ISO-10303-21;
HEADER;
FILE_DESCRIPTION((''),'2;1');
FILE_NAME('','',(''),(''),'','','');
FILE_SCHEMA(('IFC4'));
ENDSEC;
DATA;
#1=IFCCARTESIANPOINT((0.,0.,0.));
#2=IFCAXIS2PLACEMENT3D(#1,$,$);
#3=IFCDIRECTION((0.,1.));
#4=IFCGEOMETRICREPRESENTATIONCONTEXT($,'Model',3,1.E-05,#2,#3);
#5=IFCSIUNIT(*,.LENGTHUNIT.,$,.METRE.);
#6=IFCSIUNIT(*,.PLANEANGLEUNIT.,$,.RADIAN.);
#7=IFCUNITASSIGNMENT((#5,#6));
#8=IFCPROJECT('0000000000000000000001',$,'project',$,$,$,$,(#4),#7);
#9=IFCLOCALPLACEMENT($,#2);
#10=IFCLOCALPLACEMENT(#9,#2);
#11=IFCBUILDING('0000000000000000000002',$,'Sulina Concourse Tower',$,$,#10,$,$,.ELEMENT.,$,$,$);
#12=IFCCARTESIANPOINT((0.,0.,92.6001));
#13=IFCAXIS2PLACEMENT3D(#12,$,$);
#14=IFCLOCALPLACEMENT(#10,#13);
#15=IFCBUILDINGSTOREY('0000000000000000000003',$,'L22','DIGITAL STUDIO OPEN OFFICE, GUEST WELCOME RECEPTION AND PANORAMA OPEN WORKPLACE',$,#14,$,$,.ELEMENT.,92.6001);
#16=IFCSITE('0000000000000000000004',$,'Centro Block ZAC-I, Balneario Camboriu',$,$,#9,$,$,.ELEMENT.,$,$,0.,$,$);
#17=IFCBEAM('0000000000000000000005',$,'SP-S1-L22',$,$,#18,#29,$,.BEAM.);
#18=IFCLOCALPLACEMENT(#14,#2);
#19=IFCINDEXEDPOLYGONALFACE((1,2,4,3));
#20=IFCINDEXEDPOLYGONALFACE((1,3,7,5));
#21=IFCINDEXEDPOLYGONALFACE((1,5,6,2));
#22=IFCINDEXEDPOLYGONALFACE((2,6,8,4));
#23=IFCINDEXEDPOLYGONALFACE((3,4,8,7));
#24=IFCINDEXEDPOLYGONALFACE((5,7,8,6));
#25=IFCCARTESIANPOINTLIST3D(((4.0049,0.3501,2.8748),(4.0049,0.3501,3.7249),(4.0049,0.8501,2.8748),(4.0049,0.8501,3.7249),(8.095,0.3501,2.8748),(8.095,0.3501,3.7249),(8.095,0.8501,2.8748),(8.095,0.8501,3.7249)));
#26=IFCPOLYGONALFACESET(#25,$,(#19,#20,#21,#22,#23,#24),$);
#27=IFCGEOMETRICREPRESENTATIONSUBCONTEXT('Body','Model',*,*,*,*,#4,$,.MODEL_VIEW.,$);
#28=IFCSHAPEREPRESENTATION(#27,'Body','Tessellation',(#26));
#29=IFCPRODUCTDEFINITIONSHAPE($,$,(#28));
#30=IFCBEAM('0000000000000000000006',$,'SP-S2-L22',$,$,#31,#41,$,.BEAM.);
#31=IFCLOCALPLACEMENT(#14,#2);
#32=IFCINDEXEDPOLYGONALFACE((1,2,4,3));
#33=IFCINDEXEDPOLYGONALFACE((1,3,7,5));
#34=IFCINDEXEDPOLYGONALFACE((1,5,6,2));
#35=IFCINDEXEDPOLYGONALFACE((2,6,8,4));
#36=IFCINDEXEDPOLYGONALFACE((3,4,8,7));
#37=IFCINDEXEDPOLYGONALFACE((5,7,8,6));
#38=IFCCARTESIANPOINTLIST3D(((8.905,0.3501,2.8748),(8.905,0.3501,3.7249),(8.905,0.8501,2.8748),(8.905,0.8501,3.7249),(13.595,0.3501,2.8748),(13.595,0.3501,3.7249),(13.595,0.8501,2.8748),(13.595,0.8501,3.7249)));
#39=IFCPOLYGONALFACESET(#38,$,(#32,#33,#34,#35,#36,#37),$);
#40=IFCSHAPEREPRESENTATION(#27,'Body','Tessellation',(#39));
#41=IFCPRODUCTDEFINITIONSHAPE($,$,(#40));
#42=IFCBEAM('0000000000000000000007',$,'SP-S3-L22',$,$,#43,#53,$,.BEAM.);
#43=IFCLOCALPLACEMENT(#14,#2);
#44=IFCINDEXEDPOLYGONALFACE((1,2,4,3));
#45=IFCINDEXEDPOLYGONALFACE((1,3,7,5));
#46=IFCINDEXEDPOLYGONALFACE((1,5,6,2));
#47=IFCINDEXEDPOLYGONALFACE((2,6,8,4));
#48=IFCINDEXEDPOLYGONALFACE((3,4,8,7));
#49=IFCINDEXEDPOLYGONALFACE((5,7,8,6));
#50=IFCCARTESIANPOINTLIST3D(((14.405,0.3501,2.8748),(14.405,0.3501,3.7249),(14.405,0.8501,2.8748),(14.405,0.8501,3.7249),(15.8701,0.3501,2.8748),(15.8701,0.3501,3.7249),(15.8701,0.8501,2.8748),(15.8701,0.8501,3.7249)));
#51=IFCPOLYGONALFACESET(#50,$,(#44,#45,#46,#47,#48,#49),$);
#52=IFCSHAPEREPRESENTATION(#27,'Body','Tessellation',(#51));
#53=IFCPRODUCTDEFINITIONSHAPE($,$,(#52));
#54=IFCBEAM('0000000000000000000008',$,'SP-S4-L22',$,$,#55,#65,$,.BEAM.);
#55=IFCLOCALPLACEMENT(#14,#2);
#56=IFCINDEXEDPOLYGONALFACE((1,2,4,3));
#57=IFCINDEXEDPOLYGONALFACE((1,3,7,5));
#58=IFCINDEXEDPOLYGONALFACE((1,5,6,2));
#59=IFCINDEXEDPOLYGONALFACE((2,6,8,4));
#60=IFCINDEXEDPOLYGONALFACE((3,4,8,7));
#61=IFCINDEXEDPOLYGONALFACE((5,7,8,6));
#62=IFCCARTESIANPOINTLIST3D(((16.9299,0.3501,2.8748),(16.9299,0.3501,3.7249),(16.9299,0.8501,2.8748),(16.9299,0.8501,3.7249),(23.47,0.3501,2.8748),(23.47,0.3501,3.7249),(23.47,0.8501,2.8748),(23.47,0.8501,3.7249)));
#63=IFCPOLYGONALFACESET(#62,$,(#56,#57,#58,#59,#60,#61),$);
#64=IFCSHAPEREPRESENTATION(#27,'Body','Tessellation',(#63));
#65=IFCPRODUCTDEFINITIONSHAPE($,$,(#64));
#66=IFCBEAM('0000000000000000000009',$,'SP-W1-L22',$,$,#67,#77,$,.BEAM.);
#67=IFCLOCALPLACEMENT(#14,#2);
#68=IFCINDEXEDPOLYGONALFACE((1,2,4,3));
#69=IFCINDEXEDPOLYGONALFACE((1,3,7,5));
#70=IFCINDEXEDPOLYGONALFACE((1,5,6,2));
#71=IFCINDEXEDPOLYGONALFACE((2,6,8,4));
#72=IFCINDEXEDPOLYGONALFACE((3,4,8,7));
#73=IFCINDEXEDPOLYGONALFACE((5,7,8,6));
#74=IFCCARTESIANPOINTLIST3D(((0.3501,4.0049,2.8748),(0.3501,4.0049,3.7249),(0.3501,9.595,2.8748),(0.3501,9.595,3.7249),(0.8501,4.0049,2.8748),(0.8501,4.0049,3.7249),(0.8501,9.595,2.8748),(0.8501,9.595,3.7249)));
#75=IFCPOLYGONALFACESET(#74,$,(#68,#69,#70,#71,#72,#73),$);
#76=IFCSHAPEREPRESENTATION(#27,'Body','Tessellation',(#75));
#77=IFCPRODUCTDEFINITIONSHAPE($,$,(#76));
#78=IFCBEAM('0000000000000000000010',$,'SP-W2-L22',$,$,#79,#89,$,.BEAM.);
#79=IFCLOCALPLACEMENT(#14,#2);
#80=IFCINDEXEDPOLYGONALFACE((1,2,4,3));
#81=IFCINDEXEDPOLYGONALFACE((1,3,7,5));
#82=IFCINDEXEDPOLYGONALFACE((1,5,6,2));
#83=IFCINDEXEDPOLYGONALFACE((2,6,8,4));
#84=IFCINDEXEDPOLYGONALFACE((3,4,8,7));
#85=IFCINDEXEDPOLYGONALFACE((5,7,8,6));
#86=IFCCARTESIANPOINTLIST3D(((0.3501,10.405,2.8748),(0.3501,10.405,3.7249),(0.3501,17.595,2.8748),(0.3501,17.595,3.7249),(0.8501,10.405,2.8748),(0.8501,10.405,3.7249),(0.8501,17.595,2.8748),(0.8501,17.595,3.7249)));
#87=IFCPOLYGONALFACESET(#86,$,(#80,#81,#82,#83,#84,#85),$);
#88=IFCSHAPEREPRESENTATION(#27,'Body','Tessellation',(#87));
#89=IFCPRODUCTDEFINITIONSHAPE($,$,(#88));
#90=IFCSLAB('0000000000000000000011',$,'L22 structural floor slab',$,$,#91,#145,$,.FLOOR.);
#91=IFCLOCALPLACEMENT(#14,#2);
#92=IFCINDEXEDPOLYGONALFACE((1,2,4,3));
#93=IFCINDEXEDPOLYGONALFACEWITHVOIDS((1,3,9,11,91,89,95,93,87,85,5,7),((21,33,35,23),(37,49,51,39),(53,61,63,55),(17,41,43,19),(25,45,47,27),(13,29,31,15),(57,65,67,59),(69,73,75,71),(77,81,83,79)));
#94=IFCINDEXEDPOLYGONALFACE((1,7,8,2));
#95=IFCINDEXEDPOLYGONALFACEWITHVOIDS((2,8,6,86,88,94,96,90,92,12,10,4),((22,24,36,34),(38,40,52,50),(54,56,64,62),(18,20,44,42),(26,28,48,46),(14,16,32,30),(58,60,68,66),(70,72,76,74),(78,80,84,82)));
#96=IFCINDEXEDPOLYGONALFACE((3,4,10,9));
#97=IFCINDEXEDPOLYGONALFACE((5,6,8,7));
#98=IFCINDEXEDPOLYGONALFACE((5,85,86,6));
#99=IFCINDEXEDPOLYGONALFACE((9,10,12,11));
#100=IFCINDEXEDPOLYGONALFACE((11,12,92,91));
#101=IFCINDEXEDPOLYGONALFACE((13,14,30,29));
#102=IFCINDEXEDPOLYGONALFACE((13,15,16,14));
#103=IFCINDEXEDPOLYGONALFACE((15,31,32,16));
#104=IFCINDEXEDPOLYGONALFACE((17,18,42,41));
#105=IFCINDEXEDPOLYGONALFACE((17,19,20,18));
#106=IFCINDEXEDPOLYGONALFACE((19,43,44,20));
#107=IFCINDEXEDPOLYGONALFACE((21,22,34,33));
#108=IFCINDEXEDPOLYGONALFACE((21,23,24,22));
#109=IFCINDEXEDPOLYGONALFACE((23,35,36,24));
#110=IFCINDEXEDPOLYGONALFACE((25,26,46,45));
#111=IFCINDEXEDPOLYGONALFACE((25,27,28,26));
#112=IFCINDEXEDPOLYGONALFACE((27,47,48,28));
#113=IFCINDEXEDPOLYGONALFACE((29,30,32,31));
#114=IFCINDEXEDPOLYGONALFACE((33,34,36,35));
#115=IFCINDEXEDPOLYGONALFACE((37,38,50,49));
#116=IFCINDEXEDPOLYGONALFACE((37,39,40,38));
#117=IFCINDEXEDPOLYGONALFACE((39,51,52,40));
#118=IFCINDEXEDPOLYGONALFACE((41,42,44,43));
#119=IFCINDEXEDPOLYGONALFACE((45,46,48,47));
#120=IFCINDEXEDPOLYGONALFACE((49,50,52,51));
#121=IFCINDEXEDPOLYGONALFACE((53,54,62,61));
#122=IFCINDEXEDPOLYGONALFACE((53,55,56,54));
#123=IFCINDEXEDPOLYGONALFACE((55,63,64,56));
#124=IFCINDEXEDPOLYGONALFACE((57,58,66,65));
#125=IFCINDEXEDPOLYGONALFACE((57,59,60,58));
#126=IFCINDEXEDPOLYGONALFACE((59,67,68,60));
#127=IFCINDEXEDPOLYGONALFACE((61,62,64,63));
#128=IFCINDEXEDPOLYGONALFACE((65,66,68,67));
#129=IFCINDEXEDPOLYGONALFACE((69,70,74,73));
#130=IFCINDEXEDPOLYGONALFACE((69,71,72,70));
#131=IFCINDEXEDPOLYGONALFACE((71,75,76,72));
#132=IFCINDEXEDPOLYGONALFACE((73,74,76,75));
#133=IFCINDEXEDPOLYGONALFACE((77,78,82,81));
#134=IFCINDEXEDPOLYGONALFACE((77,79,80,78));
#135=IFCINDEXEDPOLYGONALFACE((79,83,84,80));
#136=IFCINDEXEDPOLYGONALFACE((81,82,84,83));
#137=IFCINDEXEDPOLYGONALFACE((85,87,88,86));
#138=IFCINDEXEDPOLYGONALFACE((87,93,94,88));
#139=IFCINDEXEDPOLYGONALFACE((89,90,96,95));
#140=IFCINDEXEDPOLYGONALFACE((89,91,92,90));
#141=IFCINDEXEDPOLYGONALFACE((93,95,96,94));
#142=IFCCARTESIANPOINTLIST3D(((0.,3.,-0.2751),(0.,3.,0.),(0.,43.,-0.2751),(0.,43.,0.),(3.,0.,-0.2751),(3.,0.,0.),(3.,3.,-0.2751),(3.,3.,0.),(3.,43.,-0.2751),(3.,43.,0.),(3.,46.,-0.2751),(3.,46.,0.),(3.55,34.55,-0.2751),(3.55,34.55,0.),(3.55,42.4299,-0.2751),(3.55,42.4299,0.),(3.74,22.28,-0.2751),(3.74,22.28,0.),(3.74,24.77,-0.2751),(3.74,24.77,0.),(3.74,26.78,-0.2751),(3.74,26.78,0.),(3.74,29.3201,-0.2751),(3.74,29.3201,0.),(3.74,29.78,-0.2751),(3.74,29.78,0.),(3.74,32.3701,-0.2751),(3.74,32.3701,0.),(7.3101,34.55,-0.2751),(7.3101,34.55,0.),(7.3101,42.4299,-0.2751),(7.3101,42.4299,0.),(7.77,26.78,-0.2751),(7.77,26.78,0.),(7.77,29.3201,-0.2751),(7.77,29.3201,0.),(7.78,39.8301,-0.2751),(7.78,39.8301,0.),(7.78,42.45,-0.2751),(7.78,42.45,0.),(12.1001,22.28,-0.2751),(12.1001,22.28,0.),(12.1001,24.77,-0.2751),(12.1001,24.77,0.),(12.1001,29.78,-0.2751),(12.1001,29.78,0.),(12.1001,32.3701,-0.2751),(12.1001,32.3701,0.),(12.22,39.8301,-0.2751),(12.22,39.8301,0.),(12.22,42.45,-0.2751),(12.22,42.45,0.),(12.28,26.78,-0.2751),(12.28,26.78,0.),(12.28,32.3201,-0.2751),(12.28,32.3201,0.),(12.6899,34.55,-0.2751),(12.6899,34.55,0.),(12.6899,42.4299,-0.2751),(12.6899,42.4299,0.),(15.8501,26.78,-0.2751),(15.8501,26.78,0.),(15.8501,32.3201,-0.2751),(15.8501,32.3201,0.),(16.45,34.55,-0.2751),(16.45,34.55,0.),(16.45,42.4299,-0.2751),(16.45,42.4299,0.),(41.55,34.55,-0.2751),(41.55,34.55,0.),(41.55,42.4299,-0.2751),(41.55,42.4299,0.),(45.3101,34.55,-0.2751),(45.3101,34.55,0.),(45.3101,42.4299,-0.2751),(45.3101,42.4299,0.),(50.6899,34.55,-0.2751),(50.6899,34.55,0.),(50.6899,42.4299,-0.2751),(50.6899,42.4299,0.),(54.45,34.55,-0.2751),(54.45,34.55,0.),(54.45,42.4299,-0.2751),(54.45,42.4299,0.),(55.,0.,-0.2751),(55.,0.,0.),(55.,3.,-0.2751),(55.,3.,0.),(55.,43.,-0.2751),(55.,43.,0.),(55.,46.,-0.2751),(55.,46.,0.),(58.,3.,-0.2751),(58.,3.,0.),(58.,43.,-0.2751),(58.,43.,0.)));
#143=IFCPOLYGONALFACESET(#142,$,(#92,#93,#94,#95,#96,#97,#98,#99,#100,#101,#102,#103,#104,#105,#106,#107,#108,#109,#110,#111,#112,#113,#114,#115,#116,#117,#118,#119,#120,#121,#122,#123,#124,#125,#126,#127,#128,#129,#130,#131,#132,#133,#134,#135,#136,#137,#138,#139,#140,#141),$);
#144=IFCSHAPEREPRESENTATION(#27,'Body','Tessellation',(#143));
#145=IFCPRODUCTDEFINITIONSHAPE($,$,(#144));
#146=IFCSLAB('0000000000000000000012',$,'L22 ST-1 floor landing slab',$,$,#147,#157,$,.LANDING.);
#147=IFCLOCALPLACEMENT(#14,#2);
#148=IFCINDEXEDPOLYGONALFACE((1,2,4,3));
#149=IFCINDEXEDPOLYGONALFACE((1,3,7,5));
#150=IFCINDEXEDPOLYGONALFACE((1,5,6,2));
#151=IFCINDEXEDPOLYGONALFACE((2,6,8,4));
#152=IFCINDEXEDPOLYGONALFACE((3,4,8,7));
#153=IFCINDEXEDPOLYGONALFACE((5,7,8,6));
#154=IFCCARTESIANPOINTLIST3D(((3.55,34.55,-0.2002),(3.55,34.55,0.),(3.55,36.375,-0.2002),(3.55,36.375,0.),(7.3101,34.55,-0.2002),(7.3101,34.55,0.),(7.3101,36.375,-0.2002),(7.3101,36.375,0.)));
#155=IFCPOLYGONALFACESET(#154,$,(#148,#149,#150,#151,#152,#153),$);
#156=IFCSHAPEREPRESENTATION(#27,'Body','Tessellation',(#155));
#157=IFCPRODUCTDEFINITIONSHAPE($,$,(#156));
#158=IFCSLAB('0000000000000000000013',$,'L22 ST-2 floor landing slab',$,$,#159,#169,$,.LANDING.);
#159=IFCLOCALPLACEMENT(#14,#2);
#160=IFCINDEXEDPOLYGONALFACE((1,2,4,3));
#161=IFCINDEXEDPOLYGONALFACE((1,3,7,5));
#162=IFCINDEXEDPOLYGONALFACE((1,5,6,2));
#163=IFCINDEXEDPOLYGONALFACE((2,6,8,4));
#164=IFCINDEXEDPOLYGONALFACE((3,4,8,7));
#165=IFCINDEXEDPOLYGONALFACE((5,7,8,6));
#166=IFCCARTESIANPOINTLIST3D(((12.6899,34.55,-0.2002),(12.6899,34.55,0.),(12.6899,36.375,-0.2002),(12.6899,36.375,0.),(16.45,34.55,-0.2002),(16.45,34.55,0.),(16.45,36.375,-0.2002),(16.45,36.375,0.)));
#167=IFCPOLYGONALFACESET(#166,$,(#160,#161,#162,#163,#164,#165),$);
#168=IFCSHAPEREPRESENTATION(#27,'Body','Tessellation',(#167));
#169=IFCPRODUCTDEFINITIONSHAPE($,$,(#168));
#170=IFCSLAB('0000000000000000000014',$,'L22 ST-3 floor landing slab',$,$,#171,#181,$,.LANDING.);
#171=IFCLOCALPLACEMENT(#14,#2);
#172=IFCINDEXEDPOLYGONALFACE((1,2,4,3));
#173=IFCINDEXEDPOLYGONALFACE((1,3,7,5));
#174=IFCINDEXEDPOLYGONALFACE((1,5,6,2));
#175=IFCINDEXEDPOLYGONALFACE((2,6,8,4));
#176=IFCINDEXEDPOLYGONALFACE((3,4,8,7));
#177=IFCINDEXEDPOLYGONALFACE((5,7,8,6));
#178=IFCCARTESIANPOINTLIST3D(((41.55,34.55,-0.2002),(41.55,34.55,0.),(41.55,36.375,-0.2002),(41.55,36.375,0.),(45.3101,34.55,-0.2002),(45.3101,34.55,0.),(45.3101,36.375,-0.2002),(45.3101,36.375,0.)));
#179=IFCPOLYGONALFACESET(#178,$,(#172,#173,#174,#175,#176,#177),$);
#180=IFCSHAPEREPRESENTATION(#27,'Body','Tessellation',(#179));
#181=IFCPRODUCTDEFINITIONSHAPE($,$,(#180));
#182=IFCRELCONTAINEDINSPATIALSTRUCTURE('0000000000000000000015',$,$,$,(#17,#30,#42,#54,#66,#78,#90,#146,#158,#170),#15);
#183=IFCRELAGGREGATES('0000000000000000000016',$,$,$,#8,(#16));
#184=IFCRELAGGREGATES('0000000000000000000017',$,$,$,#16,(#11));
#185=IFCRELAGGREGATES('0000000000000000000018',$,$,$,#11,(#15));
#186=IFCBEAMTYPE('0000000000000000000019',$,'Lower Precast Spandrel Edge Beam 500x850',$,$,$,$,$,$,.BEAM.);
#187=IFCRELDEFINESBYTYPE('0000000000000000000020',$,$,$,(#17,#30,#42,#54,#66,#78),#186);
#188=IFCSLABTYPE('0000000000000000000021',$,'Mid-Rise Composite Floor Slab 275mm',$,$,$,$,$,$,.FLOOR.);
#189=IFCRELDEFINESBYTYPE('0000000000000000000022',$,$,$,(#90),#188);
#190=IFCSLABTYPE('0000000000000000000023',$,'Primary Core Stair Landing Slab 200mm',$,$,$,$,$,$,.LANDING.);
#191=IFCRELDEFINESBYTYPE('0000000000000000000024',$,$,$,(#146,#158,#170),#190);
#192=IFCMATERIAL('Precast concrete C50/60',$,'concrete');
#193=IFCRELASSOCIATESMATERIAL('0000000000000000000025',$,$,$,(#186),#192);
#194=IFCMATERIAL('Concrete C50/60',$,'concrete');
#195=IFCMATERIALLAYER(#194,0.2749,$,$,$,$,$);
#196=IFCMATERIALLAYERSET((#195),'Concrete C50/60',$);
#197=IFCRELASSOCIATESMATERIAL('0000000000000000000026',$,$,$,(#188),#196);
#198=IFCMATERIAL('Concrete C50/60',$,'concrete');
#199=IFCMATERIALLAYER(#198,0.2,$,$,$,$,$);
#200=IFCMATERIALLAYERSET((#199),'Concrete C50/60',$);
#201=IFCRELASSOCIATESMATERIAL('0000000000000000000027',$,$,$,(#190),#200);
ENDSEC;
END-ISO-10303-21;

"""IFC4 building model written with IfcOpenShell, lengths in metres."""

from ifc_helpers import new_model, si_unit, direction, frame, origin, origin_2d, place, context, subcontext, project, spatial, polyline, rectangle, outline, extrude, material, layer, layer_set, material_profile, profile_set, type_object, element, save


model = new_model("IFC4")

# Units and contexts
model_context = context("Model", 3, precision=1e-05, world=origin(), true_north=direction((0.0, 1.0)))
body_context = subcontext(model_context, "Body", "Model", "MODEL_VIEW")
ifc_project = project(units=[si_unit("LENGTHUNIT", "METRE"), si_unit("PLANEANGLEUNIT", "RADIAN")], contexts=[model_context])

# Site, building, storey
site_placement = place(None, origin())
site = spatial("IfcSite", under=ifc_project, at=site_placement, Name="Centro Block ZAC-I, Balneario Camboriu", CompositionType="ELEMENT", RefElevation=0.0)
building_placement = place(site_placement, origin())
building = spatial("IfcBuilding", under=site, at=building_placement, Name="Sulina Concourse Tower", CompositionType="ELEMENT")
storey_placement = place(building_placement, frame((0.0, 0.0, 92.6001)))
storey = spatial("IfcBuildingStorey", under=building, at=storey_placement, Name="L22", Description="DIGITAL STUDIO OPEN OFFICE, GUEST WELCOME RECEPTION AND PANORAMA OPEN WORKPLACE", CompositionType="ELEMENT", Elevation=92.6001)

# Beams
ifc_material_1 = material(Name="Precast concrete C50/60", Category="concrete")
ifc_material_profile_1 = material_profile(ifc_material_1, rectangle(XDim=0.5, YDim=0.8501, at=origin_2d()), Name="RC 500x850")
ifc_profile_set_1 = profile_set([ifc_material_profile_1], Name="Precast concrete C50/60")
beam_type_1 = type_object("IfcBeamType", Name="Lower Precast Spandrel Edge Beam 500x850", PredefinedType="BEAM", material=ifc_profile_set_1)
beam_1_placement = place(storey_placement, frame((4.0049, 0.6001, 3.2998), z_axis=(1.0, 0.0, 0.0), x_axis=(0.0, 1.0, 0.0)))
element("IfcBeam", 1, at=beam_1_placement, inside=storey, type_object=beam_type_1, Name="SP-S1-L22", PredefinedType="BEAM", context=body_context, shape_type="SweptSolid", body=[
    extrude(rectangle(XDim=0.5, YDim=0.8501, at=origin_2d()), origin(), (0.0, 0.0, 1.0), 4.0901),
])
beam_2_placement = place(storey_placement, frame((8.905, 0.6001, 3.2998), z_axis=(1.0, 0.0, 0.0), x_axis=(0.0, 1.0, 0.0)))
element("IfcBeam", 2, at=beam_2_placement, inside=storey, type_object=beam_type_1, Name="SP-S2-L22", PredefinedType="BEAM", context=body_context, shape_type="SweptSolid", body=[
    extrude(rectangle(XDim=0.5, YDim=0.8501, at=origin_2d()), origin(), (0.0, 0.0, 1.0), 4.6899),
])
beam_3_placement = place(storey_placement, frame((14.405, 0.6001, 3.2998), z_axis=(1.0, 0.0, 0.0), x_axis=(0.0, 1.0, 0.0)))
element("IfcBeam", 3, at=beam_3_placement, inside=storey, type_object=beam_type_1, Name="SP-S3-L22", PredefinedType="BEAM", context=body_context, shape_type="SweptSolid", body=[
    extrude(rectangle(XDim=0.5, YDim=0.8501, at=origin_2d()), origin(), (0.0, 0.0, 1.0), 1.4651),
])
beam_4_placement = place(storey_placement, frame((16.9299, 0.6001, 3.2998), z_axis=(1.0, 0.0, 0.0), x_axis=(0.0, 1.0, 0.0)))
element("IfcBeam", 4, at=beam_4_placement, inside=storey, type_object=beam_type_1, Name="SP-S4-L22", PredefinedType="BEAM", context=body_context, shape_type="SweptSolid", body=[
    extrude(rectangle(XDim=0.5, YDim=0.8501, at=origin_2d()), origin(), (0.0, 0.0, 1.0), 6.54),
])
beam_5_placement = place(storey_placement, frame((0.6001, 4.0049, 3.2998), z_axis=(0.0, 1.0, 0.0), x_axis=(-1.0, 0.0, 0.0)))
element("IfcBeam", 5, at=beam_5_placement, inside=storey, type_object=beam_type_1, Name="SP-W1-L22", PredefinedType="BEAM", context=body_context, shape_type="SweptSolid", body=[
    extrude(rectangle(XDim=0.5, YDim=0.8501, at=origin_2d()), origin(), (0.0, 0.0, 1.0), 5.5901),
])
beam_6_placement = place(storey_placement, frame((0.6001, 10.405, 3.2998), z_axis=(0.0, 1.0, 0.0), x_axis=(-1.0, 0.0, 0.0)))
element("IfcBeam", 6, at=beam_6_placement, inside=storey, type_object=beam_type_1, Name="SP-W2-L22", PredefinedType="BEAM", context=body_context, shape_type="SweptSolid", body=[
    extrude(rectangle(XDim=0.5, YDim=0.8501, at=origin_2d()), origin(), (0.0, 0.0, 1.0), 7.1899),
])

# Slabs
ifc_material_2 = material(Name="Concrete C50/60", Category="concrete")
ifc_layer_1 = layer(ifc_material_2, 0.2749)
ifc_layer_set_1 = layer_set([ifc_layer_1], Name="Concrete C50/60")
slab_type_1 = type_object("IfcSlabType", Name="Mid-Rise Composite Floor Slab 275mm", PredefinedType="FLOOR", material=ifc_layer_set_1)
slab_1_placement = place(storey_placement, frame((0.0, 0.0, -0.2751)))
element("IfcSlab", 7, at=slab_1_placement, inside=storey, type_object=slab_type_1, Name="L22 structural floor slab", PredefinedType="FLOOR", context=body_context, shape_type="SweptSolid", body=[
    extrude(outline(polyline([(3.0, 0.0), (55.0, 0.0), (55.0, 3.0), (58.0, 3.0), (58.0, 43.0), (55.0, 43.0), (55.0, 46.0), (3.0, 46.0), (3.0, 43.0), (0.0, 43.0), (0.0, 3.0), (3.0, 3.0), (3.0, 0.0)]), holes=[polyline([(7.3101, 34.55), (7.3101, 42.4299), (3.55, 42.4299), (3.55, 34.55), (7.3101, 34.55)]), polyline([(16.45, 34.55), (16.45, 42.4299), (12.6899, 42.4299), (12.6899, 34.55), (16.45, 34.55)]), polyline([(45.3101, 34.55), (45.3101, 42.4299), (41.55, 42.4299), (41.55, 34.55), (45.3101, 34.55)]), polyline([(54.45, 34.55), (54.45, 42.4299), (50.6899, 42.4299), (50.6899, 34.55), (54.45, 34.55)]), polyline([(7.78, 39.8301), (12.22, 39.8301), (12.22, 42.45), (7.78, 42.45), (7.78, 39.8301)]), polyline([(3.74, 26.78), (7.77, 26.78), (7.77, 29.3201), (3.74, 29.3201), (3.74, 26.78)]), polyline([(3.74, 29.78), (12.1001, 29.78), (12.1001, 32.3701), (3.74, 32.3701), (3.74, 29.78)]), polyline([(3.74, 22.28), (12.1001, 22.28), (12.1001, 24.77), (3.74, 24.77), (3.74, 22.28)]), polyline([(12.28, 26.78), (15.8501, 26.78), (15.8501, 32.3201), (12.28, 32.3201), (12.28, 26.78)])]), origin(), (0.0, 0.0, 1.0), 0.2751),
])
ifc_material_3 = material(Name="Concrete C50/60", Category="concrete")
ifc_layer_2 = layer(ifc_material_3, 0.2)
ifc_layer_set_2 = layer_set([ifc_layer_2], Name="Concrete C50/60")
slab_type_2 = type_object("IfcSlabType", Name="Primary Core Stair Landing Slab 200mm", PredefinedType="LANDING", material=ifc_layer_set_2)
slab_2_placement = place(storey_placement, frame((0.0, 0.0, -0.2002)))
element("IfcSlab", 8, at=slab_2_placement, inside=storey, type_object=slab_type_2, Name="L22 ST-1 floor landing slab", PredefinedType="LANDING", context=body_context, shape_type="SweptSolid", body=[
    extrude(outline(polyline([(7.3101, 34.55), (7.3101, 36.375), (3.55, 36.375), (3.55, 34.55), (7.3101, 34.55)])), origin(), (0.0, 0.0, 1.0), 0.2002),
])
slab_3_placement = place(storey_placement, frame((0.0, 0.0, -0.2002)))
element("IfcSlab", 9, at=slab_3_placement, inside=storey, type_object=slab_type_2, Name="L22 ST-2 floor landing slab", PredefinedType="LANDING", context=body_context, shape_type="SweptSolid", body=[
    extrude(outline(polyline([(16.45, 34.55), (16.45, 36.375), (12.6899, 36.375), (12.6899, 34.55), (16.45, 34.55)])), origin(), (0.0, 0.0, 1.0), 0.2002),
])
slab_4_placement = place(storey_placement, frame((0.0, 0.0, -0.2002)))
element("IfcSlab", 10, at=slab_4_placement, inside=storey, type_object=slab_type_2, Name="L22 ST-3 floor landing slab", PredefinedType="LANDING", context=body_context, shape_type="SweptSolid", body=[
    extrude(outline(polyline([(45.3101, 34.55), (45.3101, 36.375), (41.55, 36.375), (41.55, 34.55), (45.3101, 34.55)])), origin(), (0.0, 0.0, 1.0), 0.2002),
])

save(model, "model.ifc")
